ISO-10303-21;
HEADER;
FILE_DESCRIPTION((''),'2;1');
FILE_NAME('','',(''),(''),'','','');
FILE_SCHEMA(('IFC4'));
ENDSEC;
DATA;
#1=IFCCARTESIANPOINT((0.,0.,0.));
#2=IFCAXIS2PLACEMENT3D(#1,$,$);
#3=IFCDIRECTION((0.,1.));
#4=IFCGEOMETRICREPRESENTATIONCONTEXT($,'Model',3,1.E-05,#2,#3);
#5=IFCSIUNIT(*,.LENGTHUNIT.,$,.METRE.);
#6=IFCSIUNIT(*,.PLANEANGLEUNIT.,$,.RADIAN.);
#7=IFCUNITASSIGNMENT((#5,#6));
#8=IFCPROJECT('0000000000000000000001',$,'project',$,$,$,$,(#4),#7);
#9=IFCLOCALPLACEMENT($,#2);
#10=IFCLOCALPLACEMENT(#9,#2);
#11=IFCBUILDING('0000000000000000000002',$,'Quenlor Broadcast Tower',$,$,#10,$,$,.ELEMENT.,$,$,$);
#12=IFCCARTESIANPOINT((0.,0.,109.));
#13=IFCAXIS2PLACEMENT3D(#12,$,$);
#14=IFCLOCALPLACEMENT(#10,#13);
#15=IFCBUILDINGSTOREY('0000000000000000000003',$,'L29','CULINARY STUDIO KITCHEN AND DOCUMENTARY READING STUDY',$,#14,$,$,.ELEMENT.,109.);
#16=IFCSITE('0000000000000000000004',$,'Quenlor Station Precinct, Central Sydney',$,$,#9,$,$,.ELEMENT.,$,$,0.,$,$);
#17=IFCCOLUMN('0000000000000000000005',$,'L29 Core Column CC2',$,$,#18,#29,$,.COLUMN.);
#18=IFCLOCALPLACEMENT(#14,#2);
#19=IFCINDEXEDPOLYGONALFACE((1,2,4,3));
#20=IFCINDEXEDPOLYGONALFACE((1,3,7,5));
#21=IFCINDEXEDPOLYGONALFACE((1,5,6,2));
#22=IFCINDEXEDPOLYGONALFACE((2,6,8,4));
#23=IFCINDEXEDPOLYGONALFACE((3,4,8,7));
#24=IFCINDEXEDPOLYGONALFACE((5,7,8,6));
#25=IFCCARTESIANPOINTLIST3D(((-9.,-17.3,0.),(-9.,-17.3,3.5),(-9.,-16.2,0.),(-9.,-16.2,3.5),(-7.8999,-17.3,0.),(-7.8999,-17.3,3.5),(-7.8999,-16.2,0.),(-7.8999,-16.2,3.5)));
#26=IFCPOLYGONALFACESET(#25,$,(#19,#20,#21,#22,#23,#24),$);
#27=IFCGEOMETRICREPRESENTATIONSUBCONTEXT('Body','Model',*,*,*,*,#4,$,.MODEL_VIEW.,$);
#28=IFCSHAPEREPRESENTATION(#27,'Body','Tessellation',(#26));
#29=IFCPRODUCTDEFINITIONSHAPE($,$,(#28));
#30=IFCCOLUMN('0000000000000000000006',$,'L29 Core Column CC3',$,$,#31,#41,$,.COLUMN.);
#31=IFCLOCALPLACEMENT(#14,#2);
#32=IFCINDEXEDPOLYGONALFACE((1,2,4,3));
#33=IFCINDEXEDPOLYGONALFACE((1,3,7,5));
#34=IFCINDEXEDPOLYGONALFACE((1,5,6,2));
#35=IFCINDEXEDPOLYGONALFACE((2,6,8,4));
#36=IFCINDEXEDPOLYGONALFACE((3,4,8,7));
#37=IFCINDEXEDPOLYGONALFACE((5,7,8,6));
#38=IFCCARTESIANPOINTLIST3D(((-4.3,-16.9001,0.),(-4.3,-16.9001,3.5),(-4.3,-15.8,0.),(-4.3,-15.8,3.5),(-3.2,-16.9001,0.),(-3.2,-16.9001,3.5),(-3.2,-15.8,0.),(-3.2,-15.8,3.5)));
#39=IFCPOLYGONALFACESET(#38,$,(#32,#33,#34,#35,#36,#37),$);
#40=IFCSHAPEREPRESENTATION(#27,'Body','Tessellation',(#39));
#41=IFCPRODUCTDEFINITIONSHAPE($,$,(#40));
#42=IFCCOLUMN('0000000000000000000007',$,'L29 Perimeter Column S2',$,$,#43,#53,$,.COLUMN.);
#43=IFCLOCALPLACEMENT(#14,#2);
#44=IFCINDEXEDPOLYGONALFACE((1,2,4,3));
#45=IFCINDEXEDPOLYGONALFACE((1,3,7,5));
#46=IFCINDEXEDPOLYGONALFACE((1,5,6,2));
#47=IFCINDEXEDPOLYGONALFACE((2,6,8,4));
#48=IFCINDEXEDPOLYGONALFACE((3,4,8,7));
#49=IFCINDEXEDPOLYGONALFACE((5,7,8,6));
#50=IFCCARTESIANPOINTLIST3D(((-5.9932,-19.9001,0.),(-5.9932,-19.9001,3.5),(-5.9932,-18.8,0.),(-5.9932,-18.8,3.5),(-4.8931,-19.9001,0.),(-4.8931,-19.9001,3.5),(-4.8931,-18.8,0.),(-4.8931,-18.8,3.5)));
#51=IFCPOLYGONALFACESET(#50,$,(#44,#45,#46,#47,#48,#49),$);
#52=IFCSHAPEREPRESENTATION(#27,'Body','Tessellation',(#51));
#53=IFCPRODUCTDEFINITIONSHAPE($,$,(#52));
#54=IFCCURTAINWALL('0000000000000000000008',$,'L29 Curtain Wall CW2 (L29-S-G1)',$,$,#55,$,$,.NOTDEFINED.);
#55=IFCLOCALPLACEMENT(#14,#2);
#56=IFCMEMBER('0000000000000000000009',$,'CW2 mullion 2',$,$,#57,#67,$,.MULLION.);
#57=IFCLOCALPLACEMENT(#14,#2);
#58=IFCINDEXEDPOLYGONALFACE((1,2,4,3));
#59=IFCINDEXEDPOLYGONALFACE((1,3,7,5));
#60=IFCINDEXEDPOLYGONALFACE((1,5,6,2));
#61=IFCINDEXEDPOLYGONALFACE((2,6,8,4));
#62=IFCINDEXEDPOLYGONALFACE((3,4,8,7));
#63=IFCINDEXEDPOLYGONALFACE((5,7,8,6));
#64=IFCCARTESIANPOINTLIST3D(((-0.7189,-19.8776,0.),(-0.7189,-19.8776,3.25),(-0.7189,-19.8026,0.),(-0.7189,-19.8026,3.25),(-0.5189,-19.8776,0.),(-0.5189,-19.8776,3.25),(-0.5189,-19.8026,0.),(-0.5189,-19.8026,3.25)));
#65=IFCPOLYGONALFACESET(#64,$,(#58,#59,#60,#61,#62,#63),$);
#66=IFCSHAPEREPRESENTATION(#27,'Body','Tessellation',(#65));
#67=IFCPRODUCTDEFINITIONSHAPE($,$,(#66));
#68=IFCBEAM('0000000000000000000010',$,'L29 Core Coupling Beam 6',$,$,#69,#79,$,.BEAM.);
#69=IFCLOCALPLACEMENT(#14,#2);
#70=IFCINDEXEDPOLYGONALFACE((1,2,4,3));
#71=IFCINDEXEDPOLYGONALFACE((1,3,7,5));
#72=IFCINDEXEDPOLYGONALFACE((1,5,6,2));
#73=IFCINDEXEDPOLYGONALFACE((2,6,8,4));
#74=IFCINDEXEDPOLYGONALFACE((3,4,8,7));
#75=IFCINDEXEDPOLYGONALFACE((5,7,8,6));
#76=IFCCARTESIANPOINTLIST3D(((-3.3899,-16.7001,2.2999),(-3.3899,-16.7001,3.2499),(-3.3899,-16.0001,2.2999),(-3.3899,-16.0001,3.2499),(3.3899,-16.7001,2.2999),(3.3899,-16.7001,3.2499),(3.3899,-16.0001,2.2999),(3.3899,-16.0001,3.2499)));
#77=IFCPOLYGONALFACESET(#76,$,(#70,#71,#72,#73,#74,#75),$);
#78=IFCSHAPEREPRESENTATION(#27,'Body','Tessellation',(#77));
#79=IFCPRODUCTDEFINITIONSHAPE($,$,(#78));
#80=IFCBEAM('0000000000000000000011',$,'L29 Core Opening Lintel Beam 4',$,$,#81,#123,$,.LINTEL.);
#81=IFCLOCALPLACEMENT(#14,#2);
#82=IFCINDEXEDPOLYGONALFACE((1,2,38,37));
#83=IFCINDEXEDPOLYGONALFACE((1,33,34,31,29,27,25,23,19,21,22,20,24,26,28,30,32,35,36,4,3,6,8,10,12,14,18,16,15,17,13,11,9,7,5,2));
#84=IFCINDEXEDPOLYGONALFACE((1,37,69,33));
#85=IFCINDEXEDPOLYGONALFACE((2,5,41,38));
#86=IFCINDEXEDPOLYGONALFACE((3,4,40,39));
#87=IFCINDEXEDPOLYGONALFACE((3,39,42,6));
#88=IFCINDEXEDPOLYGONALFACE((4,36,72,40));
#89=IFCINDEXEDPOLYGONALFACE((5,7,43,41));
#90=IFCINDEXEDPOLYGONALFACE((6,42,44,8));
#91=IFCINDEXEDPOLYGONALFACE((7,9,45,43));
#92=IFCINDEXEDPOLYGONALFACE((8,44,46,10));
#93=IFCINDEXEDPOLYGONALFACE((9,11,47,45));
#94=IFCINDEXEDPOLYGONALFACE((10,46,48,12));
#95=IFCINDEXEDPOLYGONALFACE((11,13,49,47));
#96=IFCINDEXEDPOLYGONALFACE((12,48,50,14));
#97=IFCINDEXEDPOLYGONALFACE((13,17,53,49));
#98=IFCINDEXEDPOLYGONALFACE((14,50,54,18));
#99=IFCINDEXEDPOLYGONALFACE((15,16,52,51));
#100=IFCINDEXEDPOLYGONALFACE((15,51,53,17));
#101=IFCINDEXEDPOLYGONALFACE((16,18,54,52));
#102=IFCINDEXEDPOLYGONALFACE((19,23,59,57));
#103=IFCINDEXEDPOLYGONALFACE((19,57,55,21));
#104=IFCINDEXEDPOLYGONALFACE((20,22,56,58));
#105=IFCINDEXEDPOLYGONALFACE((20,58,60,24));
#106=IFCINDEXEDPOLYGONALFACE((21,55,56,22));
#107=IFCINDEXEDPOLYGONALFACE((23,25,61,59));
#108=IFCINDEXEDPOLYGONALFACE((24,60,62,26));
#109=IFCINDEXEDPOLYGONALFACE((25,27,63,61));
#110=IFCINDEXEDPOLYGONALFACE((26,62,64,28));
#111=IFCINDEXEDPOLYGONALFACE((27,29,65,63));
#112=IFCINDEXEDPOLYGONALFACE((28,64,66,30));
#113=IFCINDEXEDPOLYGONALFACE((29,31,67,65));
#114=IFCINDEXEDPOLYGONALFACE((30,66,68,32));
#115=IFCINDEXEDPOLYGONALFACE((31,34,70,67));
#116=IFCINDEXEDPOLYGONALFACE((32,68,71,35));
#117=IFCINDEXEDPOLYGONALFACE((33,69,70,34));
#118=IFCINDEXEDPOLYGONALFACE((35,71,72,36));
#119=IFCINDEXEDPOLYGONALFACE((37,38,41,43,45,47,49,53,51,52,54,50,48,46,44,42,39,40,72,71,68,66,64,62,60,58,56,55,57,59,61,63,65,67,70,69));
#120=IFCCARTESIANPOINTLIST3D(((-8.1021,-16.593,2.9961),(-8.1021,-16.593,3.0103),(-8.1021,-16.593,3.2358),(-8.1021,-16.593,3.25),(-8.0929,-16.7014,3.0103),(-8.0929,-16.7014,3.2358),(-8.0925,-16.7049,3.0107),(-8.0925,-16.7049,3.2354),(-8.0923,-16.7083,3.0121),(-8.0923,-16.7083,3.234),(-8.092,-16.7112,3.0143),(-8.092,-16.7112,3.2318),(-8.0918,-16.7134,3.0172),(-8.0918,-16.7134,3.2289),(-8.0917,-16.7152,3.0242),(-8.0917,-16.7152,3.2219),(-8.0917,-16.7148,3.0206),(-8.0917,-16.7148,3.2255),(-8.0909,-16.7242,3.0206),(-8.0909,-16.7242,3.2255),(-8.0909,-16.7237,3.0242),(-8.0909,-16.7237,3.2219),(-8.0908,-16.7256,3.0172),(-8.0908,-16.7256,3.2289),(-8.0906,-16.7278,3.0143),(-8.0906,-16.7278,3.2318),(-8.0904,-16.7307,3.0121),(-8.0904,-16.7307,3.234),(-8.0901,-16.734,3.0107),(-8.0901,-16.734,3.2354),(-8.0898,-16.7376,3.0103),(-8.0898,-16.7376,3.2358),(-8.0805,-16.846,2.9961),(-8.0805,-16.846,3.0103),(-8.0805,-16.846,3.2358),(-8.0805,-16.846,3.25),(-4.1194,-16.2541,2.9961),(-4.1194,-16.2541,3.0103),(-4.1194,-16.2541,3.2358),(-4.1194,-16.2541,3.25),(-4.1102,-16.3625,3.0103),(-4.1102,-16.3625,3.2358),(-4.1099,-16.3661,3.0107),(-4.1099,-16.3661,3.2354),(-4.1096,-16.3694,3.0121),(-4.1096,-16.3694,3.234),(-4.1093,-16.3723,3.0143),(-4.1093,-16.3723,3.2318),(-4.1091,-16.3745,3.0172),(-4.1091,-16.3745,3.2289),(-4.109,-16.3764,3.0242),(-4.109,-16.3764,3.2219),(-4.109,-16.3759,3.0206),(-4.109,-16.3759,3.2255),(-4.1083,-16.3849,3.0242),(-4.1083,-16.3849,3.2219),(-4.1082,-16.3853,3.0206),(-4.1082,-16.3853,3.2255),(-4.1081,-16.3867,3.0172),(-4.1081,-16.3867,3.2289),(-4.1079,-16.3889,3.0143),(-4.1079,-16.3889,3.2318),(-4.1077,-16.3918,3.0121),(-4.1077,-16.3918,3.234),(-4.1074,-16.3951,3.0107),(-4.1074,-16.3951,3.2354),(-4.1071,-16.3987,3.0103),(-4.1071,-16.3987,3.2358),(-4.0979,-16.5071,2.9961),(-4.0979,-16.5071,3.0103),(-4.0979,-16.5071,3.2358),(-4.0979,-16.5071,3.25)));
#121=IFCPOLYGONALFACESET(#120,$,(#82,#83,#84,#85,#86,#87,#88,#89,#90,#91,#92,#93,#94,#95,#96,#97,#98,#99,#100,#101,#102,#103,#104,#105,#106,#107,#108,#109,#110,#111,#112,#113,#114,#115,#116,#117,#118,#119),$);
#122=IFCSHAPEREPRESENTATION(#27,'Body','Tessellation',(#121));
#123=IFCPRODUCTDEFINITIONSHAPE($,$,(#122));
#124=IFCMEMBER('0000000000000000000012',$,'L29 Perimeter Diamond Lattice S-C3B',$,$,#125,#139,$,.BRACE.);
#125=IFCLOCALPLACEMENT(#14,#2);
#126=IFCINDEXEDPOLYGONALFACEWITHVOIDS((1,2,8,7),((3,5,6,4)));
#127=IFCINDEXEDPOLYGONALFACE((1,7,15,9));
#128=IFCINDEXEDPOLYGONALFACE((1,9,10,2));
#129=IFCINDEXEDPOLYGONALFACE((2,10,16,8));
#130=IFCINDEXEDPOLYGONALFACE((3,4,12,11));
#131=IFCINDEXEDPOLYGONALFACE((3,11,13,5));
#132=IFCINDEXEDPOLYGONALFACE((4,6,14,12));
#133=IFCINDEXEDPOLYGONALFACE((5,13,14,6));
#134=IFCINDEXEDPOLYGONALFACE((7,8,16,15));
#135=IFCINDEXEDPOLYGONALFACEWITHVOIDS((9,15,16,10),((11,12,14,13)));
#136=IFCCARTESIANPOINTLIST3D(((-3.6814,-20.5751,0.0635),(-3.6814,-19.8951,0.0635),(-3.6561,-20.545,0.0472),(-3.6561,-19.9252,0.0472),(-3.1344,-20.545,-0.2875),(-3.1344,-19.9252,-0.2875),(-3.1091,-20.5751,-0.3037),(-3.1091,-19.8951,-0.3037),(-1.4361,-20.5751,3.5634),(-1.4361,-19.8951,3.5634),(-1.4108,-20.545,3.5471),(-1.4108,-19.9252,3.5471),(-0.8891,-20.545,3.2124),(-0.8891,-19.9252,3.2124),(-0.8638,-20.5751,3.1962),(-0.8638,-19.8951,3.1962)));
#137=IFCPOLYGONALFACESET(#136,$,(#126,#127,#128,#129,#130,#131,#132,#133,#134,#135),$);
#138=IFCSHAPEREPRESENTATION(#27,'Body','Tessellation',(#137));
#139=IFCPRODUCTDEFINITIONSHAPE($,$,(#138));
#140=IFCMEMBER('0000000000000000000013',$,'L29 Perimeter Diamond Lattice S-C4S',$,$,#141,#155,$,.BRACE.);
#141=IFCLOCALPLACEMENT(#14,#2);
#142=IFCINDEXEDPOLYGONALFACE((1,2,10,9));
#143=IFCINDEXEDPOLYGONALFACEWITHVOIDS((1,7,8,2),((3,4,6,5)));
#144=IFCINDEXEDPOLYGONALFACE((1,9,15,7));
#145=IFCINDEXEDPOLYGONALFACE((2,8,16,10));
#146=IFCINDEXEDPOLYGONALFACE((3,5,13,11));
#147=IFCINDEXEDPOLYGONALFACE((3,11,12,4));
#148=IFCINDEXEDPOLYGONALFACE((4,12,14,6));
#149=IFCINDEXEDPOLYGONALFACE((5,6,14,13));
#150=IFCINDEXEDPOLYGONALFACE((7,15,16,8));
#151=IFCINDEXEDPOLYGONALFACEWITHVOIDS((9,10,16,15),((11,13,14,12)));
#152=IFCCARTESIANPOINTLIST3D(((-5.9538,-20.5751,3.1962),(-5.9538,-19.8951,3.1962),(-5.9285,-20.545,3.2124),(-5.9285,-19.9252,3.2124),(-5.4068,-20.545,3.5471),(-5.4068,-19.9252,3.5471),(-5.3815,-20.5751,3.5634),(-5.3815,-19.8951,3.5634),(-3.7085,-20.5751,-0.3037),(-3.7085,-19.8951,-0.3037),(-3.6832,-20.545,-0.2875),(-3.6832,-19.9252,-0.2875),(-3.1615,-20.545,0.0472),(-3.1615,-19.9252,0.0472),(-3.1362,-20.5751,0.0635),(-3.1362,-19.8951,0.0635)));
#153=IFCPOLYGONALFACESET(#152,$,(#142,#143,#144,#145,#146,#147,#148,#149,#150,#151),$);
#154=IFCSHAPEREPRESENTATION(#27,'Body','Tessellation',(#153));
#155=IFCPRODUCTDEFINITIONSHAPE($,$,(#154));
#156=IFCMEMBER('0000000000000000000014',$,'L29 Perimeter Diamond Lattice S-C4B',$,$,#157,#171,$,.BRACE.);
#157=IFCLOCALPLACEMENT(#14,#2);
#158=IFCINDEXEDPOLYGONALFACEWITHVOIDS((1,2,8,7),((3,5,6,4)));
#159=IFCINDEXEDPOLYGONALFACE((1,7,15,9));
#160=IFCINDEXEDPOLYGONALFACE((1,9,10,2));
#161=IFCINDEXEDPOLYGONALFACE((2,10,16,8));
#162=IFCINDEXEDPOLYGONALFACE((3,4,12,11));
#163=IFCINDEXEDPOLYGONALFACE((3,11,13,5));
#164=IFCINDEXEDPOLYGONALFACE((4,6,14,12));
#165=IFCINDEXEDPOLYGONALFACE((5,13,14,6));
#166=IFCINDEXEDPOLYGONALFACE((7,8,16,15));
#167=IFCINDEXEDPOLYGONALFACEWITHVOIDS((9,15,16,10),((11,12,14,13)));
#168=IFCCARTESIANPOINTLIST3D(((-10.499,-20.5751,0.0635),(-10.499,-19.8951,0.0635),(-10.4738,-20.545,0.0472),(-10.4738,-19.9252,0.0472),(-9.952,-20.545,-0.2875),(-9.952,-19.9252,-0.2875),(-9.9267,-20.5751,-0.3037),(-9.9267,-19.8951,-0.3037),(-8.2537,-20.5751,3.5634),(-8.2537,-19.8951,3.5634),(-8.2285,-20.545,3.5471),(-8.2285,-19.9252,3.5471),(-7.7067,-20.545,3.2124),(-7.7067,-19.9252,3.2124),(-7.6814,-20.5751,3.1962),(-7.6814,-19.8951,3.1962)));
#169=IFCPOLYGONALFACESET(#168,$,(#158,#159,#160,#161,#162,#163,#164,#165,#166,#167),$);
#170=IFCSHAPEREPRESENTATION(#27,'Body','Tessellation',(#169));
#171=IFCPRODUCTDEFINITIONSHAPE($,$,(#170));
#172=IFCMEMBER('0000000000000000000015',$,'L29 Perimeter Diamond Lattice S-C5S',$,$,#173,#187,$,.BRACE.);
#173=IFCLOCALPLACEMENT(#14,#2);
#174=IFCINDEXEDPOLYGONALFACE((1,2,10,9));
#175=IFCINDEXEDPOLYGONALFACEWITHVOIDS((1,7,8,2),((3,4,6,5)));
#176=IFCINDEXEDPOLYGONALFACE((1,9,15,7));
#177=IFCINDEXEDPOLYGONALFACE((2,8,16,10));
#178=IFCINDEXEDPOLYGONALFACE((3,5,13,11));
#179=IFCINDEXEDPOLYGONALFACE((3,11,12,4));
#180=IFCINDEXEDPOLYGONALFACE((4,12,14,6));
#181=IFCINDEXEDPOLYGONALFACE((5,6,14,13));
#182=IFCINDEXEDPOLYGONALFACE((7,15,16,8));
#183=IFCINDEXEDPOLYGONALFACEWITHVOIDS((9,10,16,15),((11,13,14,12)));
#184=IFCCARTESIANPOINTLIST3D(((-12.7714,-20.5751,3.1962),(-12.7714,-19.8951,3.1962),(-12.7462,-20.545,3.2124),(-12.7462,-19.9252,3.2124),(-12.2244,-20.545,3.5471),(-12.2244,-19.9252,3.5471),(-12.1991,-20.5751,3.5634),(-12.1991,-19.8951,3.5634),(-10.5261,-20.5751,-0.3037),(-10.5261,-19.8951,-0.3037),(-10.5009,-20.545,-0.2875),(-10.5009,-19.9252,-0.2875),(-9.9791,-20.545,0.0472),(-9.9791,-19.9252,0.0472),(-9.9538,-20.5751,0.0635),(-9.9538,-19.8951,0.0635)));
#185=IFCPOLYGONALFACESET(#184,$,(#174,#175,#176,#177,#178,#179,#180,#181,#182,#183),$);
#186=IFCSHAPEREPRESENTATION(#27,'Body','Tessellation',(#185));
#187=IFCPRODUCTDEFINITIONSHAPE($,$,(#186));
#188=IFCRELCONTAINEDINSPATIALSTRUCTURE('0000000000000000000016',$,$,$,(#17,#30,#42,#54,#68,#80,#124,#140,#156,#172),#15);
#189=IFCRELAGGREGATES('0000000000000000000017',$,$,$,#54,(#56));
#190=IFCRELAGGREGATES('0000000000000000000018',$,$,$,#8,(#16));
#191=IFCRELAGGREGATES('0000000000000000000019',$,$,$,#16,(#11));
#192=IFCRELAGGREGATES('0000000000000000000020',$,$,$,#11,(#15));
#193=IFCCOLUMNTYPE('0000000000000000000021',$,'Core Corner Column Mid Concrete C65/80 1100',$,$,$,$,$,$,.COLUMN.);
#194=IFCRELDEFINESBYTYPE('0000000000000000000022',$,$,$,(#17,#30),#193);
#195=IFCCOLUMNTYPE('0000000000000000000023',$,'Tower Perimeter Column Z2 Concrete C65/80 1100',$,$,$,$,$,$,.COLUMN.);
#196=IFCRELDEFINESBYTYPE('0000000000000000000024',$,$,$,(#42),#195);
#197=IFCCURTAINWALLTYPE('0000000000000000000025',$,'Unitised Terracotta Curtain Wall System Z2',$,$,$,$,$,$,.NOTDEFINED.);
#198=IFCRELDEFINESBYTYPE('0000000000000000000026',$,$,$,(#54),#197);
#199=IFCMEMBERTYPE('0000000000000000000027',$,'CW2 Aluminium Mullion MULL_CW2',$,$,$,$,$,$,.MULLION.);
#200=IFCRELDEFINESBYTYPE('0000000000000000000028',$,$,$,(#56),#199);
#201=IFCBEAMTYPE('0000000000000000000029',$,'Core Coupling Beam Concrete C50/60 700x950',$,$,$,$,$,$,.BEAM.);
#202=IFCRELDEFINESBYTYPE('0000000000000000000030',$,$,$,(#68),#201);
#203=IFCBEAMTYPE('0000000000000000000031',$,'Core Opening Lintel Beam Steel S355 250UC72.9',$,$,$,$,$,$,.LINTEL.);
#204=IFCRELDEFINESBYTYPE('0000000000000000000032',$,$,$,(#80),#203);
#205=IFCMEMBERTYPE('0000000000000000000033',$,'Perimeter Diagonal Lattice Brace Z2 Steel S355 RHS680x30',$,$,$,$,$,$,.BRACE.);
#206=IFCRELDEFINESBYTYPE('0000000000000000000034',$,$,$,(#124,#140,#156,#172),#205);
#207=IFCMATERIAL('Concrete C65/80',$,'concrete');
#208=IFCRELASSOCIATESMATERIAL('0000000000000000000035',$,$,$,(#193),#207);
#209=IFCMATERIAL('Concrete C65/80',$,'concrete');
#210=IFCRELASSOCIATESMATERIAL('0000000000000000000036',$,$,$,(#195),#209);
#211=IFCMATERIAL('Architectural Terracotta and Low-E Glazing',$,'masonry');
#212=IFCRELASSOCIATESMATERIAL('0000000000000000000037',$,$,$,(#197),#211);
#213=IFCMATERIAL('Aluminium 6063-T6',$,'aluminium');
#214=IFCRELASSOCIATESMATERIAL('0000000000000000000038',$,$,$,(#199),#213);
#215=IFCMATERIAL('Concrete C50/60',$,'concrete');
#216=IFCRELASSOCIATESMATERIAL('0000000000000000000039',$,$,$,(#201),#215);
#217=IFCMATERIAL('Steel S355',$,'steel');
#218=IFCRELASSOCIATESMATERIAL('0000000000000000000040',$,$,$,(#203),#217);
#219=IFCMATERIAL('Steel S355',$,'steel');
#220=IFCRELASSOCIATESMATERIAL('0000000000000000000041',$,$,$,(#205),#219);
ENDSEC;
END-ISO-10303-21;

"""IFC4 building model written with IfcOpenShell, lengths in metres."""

from ifc_helpers import new_model, si_unit, direction, frame, origin, origin_2d, place, context, subcontext, project, spatial, rectangle, hollow_rectangle, i_section, extrude, material, material_profile, profile_set, type_object, element, aggregate, save


model = new_model("IFC4")

# Units and contexts
model_context = context("Model", 3, precision=1e-05, world=origin(), true_north=direction((0.0, 1.0)))
body_context = subcontext(model_context, "Body", "Model", "MODEL_VIEW")
ifc_project = project(units=[si_unit("LENGTHUNIT", "METRE"), si_unit("PLANEANGLEUNIT", "RADIAN")], contexts=[model_context])

# Site, building, storey
site_placement = place(None, origin())
site = spatial("IfcSite", under=ifc_project, at=site_placement, Name="Quenlor Station Precinct, Central Sydney", CompositionType="ELEMENT", RefElevation=0.0)
building_placement = place(site_placement, origin())
building = spatial("IfcBuilding", under=site, at=building_placement, Name="Quenlor Broadcast Tower", CompositionType="ELEMENT")
storey_placement = place(building_placement, frame((0.0, 0.0, 109.0)))
storey = spatial("IfcBuildingStorey", under=building, at=storey_placement, Name="L29", Description="CULINARY STUDIO KITCHEN AND DOCUMENTARY READING STUDY", CompositionType="ELEMENT", Elevation=109.0)

# Columns
ifc_material_1 = material(Name="Concrete C65/80", Category="concrete")
ifc_material_profile_1 = material_profile(ifc_material_1, rectangle(XDim=1.1001, YDim=1.1001, at=origin_2d()))
ifc_profile_set_1 = profile_set([ifc_material_profile_1], Name="Concrete C65/80 RC1100x1100")
column_type_1 = type_object("IfcColumnType", Name="Core Corner Column Mid Concrete C65/80 1100", PredefinedType="COLUMN", material=ifc_profile_set_1)
for number, where, z_axis, x_axis, name in (
    (1, (-8.45, -16.75, 0.0), (0.0, 0.0, 1.0), (1.0, 0.0, 0.0), "L29 Core Column CC2"),
    (2, (-3.75, -16.3501, 0.0), (0.0, 0.0, 1.0), (1.0, 0.0, 0.0), "L29 Core Column CC3"),
):
    element("IfcColumn", number, at=place(storey_placement, frame(where, z_axis=z_axis, x_axis=x_axis)), inside=storey, type_object=column_type_1, Name=name, PredefinedType="COLUMN", context=body_context, shape_type="SweptSolid", body=[
        extrude(rectangle(XDim=1.1001, YDim=1.1001, at=origin_2d()), origin(), (0.0, 0.0, 1.0), 3.5),
    ])
ifc_material_2 = material(Name="Concrete C65/80", Category="concrete")
ifc_material_profile_2 = material_profile(ifc_material_2, rectangle(XDim=1.1001, YDim=1.1001, at=origin_2d()))
ifc_profile_set_2 = profile_set([ifc_material_profile_2], Name="Concrete C65/80 RC1100x1100")
column_type_2 = type_object("IfcColumnType", Name="Tower Perimeter Column Z2 Concrete C65/80 1100", PredefinedType="COLUMN", material=ifc_profile_set_2)
column_placement = place(storey_placement, frame((-5.4431, -19.3501, 0.0), z_axis=(0.0, 0.0, 1.0), x_axis=(0.0, 1.0, 0.0)))
element("IfcColumn", 3, at=column_placement, inside=storey, type_object=column_type_2, Name="L29 Perimeter Column S2", PredefinedType="COLUMN", context=body_context, shape_type="SweptSolid", body=[
    extrude(rectangle(XDim=1.1001, YDim=1.1001, at=origin_2d()), origin(), (0.0, 0.0, 1.0), 3.5),
])

# Curtain wall, member
ifc_material_3 = material(Name="Architectural Terracotta and Low-E Glazing", Category="masonry")
curtain_wall_type = type_object("IfcCurtainWallType", Name="Unitised Terracotta Curtain Wall System Z2", PredefinedType="NOTDEFINED", material=ifc_material_3)
curtain_wall_placement = place(storey_placement, origin())
curtain_wall = element("IfcCurtainWall", 4, at=curtain_wall_placement, inside=storey, type_object=curtain_wall_type, Name="L29 Curtain Wall CW2 (L29-S-G1)", PredefinedType="NOTDEFINED")
ifc_material_4 = material(Name="Aluminium 6063-T6", Category="aluminium")
ifc_material_profile_3 = material_profile(ifc_material_4, rectangle(XDim=0.075, YDim=0.2, at=origin_2d()))
ifc_profile_set_3 = profile_set([ifc_material_profile_3], Name="Aluminium 6063-T6 MULL75x200")
member_type_1 = type_object("IfcMemberType", Name="CW2 Aluminium Mullion MULL_CW2", PredefinedType="MULLION", material=ifc_profile_set_3)
member_placement = place(storey_placement, frame((-0.6189, -19.8401, 0.0), z_axis=(0.0, 0.0, 1.0), x_axis=(0.0, -1.0, 0.0)))
member = element("IfcMember", 5, at=member_placement, type_object=member_type_1, Name="CW2 mullion 2", PredefinedType="MULLION", context=body_context, shape_type="SweptSolid", body=[
    extrude(rectangle(XDim=0.075, YDim=0.2, at=origin_2d()), origin(), (0.0, 0.0, 1.0), 3.25),
])

# Beams
ifc_material_5 = material(Name="Concrete C50/60", Category="concrete")
ifc_material_profile_4 = material_profile(ifc_material_5, rectangle(XDim=0.7, YDim=0.95, at=origin_2d()))
ifc_profile_set_4 = profile_set([ifc_material_profile_4], Name="Concrete C50/60 RCB700x950")
beam_type_1 = type_object("IfcBeamType", Name="Core Coupling Beam Concrete C50/60 700x950", PredefinedType="BEAM", material=ifc_profile_set_4)
beam_1_placement = place(storey_placement, frame((-3.3899, -16.3501, 2.7749), z_axis=(1.0, 0.0, 0.0), x_axis=(0.0, 1.0, 0.0)))
element("IfcBeam", 6, at=beam_1_placement, inside=storey, type_object=beam_type_1, Name="L29 Core Coupling Beam 6", PredefinedType="BEAM", context=body_context, shape_type="SweptSolid", body=[
    extrude(rectangle(XDim=0.7, YDim=0.95, at=origin_2d()), origin(), (0.0, 0.0, 1.0), 6.7798),
])
ifc_material_6 = material(Name="Steel S355", Category="steel")
ifc_material_profile_5 = material_profile(ifc_material_6, i_section(OverallWidth=0.2539, OverallDepth=0.2539, WebThickness=0.0085, FlangeThickness=0.0142, FilletRadius=0.0139, at=origin_2d()))
ifc_profile_set_5 = profile_set([ifc_material_profile_5], Name="Steel S355 250UC72.9")
beam_type_2 = type_object("IfcBeamType", Name="Core Opening Lintel Beam Steel S355 250UC72.9", PredefinedType="LINTEL", material=ifc_profile_set_5)
beam_2_placement = place(storey_placement, frame((-8.0913, -16.7195, 3.123), z_axis=(0.9964, 0.084779, 0.0), x_axis=(-0.084779, 0.9964, 0.0)))
element("IfcBeam", 7, at=beam_2_placement, inside=storey, type_object=beam_type_2, Name="L29 Core Opening Lintel Beam 4", PredefinedType="LINTEL", context=body_context, shape_type="SweptSolid", body=[
    extrude(i_section(OverallWidth=0.2539, OverallDepth=0.2539, WebThickness=0.0085, FlangeThickness=0.0142, FilletRadius=0.0139, at=origin_2d()), origin(), (0.0, 0.0, 1.0), 3.9971),
])

# Members
ifc_material_7 = material(Name="Steel S355", Category="steel")
ifc_material_profile_6 = material_profile(ifc_material_7, hollow_rectangle(XDim=0.6799, YDim=0.6799, WallThickness=0.03, at=origin_2d()))
ifc_profile_set_6 = profile_set([ifc_material_profile_6], Name="Steel S355 RHS680x680x30")
member_type_2 = type_object("IfcMemberType", Name="Perimeter Diagonal Lattice Brace Z2 Steel S355 RHS680x30", PredefinedType="BRACE", material=ifc_profile_set_6)
for number, where, z_axis, x_axis, name in (
    (8, (-3.3953, -20.2351, -0.1201), (0.539968, 0.0, 0.841686), (0.0, 1.0, 0.0), "L29 Perimeter Diamond Lattice S-C3B"),
    (9, (-3.4224, -20.2351, -0.1201), (-0.539968, 0.0, 0.841686), (0.0, -1.0, 0.0), "L29 Perimeter Diamond Lattice S-C4S"),
    (10, (-10.2129, -20.2351, -0.1201), (0.539968, 0.0, 0.841686), (0.0, 1.0, 0.0), "L29 Perimeter Diamond Lattice S-C4B"),
    (11, (-10.24, -20.2351, -0.1201), (-0.539968, 0.0, 0.841686), (0.0, -1.0, 0.0), "L29 Perimeter Diamond Lattice S-C5S"),
):
    element("IfcMember", number, at=place(storey_placement, frame(where, z_axis=z_axis, x_axis=x_axis)), inside=storey, type_object=member_type_2, Name=name, PredefinedType="BRACE", context=body_context, shape_type="SweptSolid", body=[
        extrude(hollow_rectangle(XDim=0.6799, YDim=0.6799, WallThickness=0.03, at=origin_2d()), origin(), (0.0, 0.0, 1.0), 4.1582),
    ])

aggregate(curtain_wall, [member])

save(model, "model.ifc")
